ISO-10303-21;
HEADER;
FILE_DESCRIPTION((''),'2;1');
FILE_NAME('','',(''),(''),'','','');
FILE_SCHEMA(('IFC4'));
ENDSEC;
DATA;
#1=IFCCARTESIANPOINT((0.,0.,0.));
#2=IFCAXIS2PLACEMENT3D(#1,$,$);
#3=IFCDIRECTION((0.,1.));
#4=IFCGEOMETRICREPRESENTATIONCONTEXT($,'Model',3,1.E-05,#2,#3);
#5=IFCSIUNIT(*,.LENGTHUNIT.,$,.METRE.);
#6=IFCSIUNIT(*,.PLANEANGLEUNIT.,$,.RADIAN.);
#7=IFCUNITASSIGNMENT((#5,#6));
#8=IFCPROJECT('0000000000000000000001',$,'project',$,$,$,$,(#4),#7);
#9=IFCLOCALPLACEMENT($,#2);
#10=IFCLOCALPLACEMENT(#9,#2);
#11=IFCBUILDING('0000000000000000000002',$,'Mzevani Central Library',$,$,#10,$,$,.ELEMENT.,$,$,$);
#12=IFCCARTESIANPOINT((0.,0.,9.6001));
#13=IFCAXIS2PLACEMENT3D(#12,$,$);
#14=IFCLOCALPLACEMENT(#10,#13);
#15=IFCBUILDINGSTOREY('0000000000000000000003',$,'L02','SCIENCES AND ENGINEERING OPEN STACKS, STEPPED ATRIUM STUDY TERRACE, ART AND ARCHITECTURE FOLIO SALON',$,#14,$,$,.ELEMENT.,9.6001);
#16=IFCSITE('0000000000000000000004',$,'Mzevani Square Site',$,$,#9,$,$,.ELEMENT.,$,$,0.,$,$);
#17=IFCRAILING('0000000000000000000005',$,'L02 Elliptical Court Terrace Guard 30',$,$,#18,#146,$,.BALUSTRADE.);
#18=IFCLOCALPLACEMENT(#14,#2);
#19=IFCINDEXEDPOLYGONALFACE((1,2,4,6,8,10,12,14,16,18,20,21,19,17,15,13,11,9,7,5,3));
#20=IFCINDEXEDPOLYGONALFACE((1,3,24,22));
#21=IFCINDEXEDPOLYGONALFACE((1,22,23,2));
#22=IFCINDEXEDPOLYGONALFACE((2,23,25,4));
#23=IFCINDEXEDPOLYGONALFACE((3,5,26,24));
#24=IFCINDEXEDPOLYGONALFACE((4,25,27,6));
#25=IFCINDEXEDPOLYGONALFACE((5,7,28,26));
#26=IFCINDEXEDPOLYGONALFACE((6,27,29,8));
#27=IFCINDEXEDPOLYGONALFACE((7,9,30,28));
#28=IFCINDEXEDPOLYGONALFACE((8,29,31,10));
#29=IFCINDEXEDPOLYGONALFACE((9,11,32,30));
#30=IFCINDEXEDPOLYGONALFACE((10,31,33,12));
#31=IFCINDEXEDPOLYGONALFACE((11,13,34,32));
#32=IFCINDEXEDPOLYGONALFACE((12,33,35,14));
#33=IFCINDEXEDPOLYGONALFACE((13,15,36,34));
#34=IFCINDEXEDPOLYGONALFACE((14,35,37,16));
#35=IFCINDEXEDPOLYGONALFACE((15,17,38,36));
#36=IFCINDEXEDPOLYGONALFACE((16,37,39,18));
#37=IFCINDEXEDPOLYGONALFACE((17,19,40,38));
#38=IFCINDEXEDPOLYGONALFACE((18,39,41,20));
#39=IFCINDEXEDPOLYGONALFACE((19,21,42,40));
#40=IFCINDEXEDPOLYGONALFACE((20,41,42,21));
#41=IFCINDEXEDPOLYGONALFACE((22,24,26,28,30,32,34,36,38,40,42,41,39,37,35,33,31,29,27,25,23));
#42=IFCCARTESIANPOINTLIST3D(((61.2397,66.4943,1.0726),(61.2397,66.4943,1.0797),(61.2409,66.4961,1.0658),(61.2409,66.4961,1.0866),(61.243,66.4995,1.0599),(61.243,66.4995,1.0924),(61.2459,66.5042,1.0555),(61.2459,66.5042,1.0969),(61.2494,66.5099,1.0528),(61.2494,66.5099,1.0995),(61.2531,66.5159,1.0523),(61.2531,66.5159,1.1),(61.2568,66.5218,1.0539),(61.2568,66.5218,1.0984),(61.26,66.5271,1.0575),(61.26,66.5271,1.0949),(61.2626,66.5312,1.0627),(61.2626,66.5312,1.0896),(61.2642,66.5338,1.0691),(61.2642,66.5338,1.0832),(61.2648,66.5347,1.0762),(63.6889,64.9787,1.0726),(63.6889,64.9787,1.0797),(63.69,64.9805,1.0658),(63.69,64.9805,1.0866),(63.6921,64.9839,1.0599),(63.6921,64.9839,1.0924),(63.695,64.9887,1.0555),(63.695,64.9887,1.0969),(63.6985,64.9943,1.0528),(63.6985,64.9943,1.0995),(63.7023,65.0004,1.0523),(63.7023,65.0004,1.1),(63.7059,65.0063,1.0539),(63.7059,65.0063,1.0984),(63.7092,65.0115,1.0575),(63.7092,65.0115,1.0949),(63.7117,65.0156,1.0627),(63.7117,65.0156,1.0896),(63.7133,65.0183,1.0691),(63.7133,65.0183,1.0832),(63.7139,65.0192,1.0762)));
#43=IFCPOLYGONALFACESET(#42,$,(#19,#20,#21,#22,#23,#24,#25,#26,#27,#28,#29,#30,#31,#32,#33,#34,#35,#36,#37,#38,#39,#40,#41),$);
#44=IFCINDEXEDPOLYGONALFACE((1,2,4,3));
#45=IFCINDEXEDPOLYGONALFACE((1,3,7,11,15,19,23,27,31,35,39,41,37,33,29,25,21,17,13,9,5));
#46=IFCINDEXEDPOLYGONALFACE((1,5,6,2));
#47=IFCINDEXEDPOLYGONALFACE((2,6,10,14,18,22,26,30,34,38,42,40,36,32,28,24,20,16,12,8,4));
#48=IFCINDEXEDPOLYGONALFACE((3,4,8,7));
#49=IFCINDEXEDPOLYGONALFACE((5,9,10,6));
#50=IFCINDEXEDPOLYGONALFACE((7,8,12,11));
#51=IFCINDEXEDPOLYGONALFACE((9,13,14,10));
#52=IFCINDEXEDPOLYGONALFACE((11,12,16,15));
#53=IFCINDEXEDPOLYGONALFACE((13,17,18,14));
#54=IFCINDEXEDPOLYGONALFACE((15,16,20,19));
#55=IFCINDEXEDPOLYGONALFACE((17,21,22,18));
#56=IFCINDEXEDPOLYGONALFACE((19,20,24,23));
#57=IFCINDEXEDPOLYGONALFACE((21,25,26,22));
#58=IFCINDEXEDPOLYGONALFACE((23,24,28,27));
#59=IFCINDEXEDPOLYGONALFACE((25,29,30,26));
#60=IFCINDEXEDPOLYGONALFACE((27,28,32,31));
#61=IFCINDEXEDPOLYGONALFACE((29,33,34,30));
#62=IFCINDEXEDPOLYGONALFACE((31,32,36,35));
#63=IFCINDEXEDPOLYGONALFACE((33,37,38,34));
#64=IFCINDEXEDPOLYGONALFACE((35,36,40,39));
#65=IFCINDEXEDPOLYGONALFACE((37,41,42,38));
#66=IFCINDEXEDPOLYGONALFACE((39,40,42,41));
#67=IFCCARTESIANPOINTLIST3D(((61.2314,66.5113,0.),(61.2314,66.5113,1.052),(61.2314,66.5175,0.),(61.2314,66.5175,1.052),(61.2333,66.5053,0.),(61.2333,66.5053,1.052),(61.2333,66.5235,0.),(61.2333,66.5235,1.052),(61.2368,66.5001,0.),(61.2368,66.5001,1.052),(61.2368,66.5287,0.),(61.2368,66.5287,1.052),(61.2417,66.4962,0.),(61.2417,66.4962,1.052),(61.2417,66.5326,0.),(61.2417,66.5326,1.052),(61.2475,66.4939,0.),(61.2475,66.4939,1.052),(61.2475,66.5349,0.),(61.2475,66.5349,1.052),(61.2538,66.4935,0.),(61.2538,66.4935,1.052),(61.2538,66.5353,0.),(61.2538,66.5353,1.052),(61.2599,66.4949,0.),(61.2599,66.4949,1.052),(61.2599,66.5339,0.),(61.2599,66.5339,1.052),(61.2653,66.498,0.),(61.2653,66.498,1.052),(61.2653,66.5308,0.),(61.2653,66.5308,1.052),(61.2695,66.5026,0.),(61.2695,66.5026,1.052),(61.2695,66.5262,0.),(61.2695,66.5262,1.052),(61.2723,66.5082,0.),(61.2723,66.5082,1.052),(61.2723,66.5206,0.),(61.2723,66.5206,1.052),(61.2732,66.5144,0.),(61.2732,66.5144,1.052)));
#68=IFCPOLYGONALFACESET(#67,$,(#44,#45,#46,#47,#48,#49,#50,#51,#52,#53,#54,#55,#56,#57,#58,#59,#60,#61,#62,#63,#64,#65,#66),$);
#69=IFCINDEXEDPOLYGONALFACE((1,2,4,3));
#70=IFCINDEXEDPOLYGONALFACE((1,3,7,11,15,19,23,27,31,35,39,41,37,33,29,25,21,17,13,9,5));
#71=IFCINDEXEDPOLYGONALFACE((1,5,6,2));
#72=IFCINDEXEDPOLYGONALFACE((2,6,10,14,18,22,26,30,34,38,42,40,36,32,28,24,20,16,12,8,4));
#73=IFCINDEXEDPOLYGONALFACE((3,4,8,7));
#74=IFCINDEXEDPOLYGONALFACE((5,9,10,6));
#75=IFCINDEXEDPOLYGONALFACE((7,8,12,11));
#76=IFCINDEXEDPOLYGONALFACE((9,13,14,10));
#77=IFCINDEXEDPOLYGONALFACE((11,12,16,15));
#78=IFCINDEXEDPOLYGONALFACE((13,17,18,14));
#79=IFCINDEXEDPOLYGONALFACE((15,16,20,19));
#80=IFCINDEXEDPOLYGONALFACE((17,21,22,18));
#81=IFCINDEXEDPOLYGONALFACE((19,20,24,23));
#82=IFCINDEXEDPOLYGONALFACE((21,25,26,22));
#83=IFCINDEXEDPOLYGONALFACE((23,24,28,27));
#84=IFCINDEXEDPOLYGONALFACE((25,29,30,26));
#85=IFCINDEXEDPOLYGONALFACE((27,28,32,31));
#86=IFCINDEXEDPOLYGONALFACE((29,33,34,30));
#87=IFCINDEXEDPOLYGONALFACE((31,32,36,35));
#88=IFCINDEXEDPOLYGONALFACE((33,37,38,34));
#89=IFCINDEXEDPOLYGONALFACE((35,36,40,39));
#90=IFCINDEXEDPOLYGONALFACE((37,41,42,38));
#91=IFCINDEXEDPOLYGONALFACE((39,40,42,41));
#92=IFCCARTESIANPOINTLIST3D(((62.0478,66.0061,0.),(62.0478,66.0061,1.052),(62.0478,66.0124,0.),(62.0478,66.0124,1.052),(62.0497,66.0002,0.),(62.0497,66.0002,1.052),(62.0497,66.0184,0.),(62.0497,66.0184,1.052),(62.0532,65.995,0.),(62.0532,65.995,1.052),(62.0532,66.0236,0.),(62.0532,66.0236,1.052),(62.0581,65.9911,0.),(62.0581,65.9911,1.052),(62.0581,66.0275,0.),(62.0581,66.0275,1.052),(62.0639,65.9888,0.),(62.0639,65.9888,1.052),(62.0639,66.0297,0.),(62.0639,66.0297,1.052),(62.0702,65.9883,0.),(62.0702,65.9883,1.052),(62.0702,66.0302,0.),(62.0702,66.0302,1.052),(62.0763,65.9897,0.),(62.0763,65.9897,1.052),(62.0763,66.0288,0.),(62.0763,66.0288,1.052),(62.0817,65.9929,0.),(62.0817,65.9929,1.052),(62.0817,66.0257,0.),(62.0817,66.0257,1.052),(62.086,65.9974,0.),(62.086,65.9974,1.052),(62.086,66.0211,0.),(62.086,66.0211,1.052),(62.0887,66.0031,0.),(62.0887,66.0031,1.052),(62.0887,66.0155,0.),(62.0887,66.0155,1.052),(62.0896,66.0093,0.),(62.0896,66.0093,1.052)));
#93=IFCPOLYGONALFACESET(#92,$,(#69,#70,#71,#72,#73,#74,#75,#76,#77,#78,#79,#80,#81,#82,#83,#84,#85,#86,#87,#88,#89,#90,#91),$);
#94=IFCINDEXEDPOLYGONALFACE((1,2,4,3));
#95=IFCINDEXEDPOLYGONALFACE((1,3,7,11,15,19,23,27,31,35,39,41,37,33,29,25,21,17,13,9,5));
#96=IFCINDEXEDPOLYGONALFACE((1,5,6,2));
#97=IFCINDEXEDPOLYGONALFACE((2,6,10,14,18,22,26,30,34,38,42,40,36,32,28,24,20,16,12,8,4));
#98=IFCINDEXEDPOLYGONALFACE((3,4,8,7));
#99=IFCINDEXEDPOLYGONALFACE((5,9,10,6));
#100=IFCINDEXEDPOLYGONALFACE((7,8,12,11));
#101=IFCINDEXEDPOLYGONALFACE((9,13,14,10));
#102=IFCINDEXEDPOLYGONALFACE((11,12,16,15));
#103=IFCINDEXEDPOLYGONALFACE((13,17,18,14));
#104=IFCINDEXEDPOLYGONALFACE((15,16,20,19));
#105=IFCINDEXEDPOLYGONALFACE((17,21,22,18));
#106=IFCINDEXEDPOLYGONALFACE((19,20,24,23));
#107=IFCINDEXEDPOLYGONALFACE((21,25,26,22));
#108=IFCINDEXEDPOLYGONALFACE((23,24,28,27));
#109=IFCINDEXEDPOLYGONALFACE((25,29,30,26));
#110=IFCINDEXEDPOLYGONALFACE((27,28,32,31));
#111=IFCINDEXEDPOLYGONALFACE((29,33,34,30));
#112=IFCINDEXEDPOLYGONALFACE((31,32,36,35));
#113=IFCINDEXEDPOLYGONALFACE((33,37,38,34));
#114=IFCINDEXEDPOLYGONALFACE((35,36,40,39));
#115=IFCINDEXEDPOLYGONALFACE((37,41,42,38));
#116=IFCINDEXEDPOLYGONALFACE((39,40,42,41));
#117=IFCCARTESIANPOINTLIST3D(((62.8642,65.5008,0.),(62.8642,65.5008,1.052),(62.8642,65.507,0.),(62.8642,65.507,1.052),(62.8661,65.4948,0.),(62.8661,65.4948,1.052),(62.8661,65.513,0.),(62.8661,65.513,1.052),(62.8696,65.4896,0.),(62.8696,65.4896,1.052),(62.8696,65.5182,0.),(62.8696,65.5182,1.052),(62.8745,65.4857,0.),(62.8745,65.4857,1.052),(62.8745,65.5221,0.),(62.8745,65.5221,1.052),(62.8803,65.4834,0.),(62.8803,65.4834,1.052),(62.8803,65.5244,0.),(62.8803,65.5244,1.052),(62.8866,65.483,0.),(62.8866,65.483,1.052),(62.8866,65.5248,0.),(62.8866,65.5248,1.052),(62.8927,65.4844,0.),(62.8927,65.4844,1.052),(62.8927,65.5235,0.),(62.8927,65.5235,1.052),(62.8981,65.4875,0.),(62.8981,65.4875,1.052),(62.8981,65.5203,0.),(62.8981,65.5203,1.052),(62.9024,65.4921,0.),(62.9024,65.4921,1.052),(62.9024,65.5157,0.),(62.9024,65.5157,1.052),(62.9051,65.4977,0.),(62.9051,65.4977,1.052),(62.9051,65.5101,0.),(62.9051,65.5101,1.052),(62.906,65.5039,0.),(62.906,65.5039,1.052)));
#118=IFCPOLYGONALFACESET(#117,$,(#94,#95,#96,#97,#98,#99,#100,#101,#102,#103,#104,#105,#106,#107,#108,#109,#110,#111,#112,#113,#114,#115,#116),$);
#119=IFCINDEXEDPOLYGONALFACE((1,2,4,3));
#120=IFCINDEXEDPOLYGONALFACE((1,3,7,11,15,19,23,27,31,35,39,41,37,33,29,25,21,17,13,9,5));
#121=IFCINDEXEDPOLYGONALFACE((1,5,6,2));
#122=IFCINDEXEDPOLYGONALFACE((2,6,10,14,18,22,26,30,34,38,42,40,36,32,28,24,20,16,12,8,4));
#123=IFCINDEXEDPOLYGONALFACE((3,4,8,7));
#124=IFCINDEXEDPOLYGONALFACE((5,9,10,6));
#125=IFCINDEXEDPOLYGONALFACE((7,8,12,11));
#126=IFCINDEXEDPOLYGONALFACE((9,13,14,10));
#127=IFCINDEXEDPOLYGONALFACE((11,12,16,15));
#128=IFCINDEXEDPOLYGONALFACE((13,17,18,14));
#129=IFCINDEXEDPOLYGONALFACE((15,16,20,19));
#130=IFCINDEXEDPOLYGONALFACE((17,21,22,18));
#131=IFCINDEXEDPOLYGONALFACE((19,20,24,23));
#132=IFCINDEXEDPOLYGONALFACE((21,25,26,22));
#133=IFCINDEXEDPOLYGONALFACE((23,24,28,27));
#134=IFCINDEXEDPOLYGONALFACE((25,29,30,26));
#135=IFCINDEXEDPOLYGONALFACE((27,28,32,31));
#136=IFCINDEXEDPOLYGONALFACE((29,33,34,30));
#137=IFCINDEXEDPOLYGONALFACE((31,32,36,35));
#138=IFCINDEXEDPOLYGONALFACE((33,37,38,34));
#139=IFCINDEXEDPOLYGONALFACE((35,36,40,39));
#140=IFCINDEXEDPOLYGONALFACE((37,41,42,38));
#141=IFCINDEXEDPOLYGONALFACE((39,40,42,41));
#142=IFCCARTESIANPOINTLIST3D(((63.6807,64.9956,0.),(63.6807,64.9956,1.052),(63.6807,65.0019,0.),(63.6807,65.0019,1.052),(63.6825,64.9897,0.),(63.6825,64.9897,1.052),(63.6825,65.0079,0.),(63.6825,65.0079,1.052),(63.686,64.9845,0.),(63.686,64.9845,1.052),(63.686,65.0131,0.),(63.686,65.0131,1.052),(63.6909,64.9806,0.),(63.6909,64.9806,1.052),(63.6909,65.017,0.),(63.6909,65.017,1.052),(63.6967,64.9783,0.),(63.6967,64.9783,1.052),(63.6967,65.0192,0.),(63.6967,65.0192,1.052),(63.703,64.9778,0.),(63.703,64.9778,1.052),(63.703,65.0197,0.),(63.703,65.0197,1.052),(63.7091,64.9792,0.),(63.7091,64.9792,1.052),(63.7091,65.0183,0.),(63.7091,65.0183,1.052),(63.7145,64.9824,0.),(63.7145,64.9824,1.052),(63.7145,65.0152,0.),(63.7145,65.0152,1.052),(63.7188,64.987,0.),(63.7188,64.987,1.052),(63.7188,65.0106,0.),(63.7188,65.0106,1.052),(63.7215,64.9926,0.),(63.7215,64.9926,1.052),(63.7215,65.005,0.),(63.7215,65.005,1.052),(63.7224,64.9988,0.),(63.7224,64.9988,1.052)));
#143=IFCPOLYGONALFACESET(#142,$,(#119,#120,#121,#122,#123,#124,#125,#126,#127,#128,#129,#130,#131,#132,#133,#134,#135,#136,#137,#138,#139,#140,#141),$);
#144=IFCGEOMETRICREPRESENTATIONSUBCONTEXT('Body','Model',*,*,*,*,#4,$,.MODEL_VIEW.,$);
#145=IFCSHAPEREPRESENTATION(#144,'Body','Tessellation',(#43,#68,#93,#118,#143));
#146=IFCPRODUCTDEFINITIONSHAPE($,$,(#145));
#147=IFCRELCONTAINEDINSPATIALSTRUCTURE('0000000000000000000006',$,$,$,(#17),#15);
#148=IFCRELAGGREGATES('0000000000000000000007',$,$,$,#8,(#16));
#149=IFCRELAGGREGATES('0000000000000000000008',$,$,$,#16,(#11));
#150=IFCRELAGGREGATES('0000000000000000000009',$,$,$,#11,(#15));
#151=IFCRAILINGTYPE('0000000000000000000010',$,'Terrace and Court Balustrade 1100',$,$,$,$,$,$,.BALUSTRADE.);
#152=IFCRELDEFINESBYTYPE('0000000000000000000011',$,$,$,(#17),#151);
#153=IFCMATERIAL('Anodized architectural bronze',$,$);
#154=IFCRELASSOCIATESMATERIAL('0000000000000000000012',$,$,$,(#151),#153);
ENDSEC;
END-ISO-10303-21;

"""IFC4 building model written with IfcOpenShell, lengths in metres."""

from ifc_helpers import new_model, si_unit, direction, frame, origin, origin_2d, place, context, subcontext, project, spatial, circle, extrude, material, type_object, element, save


model = new_model("IFC4")

# Units and contexts
model_context = context("Model", 3, precision=1e-05, world=origin(), true_north=direction((0.0, 1.0)))
body_context = subcontext(model_context, "Body", "Model", "MODEL_VIEW")
ifc_project = project(units=[si_unit("LENGTHUNIT", "METRE"), si_unit("PLANEANGLEUNIT", "RADIAN")], contexts=[model_context])

# Site, building, storey
site_placement = place(None, origin())
site = spatial("IfcSite", under=ifc_project, at=site_placement, Name="Mzevani Square Site", CompositionType="ELEMENT", RefElevation=0.0)
building_placement = place(site_placement, origin())
building = spatial("IfcBuilding", under=site, at=building_placement, Name="Mzevani Central Library", CompositionType="ELEMENT")
storey_placement = place(building_placement, frame((0.0, 0.0, 9.6001)))
storey = spatial("IfcBuildingStorey", under=building, at=storey_placement, Name="L02", Description="SCIENCES AND ENGINEERING OPEN STACKS, STEPPED ATRIUM STUDY TERRACE, ART AND ARCHITECTURE FOLIO SALON", CompositionType="ELEMENT", Elevation=9.6001)

# Railing
ifc_material_1 = material(Name="Anodized architectural bronze")
railing_type = type_object("IfcRailingType", Name="Terrace and Court Balustrade 1100", PredefinedType="BALUSTRADE", material=ifc_material_1)
railing_1_placement = place(storey_placement, frame((61.2522, 66.5144, 0.0)))
element("IfcRailing", 1, at=railing_1_placement, inside=storey, type_object=railing_type, Name="L02 Elliptical Court Terrace Guard 30", PredefinedType="BALUSTRADE", context=body_context, shape_type="SweptSolid", body=[
    extrude(circle(Radius=0.0239, at=origin_2d()), frame((0.0, 0.0, 1.0762), z_axis=(0.850352, -0.526215, 0.0), x_axis=(0.526215, 0.850352, 0.0)), (0.0, 0.0, 1.0), 2.8801),
    extrude(circle(Radius=0.021, at=origin_2d()), origin(), (0.0, 0.0, 1.0), 1.052),
    extrude(circle(Radius=0.021, at=origin_2d()), frame((0.8164, -0.5051, 0.0)), (0.0, 0.0, 1.0), 1.052),
    extrude(circle(Radius=0.021, at=origin_2d()), frame((1.6328, -1.0105, 0.0)), (0.0, 0.0, 1.0), 1.052),
    extrude(circle(Radius=0.021, at=origin_2d()), frame((2.4492, -1.5156, 0.0)), (0.0, 0.0, 1.0), 1.052),
])

save(model, "model.ifc")
